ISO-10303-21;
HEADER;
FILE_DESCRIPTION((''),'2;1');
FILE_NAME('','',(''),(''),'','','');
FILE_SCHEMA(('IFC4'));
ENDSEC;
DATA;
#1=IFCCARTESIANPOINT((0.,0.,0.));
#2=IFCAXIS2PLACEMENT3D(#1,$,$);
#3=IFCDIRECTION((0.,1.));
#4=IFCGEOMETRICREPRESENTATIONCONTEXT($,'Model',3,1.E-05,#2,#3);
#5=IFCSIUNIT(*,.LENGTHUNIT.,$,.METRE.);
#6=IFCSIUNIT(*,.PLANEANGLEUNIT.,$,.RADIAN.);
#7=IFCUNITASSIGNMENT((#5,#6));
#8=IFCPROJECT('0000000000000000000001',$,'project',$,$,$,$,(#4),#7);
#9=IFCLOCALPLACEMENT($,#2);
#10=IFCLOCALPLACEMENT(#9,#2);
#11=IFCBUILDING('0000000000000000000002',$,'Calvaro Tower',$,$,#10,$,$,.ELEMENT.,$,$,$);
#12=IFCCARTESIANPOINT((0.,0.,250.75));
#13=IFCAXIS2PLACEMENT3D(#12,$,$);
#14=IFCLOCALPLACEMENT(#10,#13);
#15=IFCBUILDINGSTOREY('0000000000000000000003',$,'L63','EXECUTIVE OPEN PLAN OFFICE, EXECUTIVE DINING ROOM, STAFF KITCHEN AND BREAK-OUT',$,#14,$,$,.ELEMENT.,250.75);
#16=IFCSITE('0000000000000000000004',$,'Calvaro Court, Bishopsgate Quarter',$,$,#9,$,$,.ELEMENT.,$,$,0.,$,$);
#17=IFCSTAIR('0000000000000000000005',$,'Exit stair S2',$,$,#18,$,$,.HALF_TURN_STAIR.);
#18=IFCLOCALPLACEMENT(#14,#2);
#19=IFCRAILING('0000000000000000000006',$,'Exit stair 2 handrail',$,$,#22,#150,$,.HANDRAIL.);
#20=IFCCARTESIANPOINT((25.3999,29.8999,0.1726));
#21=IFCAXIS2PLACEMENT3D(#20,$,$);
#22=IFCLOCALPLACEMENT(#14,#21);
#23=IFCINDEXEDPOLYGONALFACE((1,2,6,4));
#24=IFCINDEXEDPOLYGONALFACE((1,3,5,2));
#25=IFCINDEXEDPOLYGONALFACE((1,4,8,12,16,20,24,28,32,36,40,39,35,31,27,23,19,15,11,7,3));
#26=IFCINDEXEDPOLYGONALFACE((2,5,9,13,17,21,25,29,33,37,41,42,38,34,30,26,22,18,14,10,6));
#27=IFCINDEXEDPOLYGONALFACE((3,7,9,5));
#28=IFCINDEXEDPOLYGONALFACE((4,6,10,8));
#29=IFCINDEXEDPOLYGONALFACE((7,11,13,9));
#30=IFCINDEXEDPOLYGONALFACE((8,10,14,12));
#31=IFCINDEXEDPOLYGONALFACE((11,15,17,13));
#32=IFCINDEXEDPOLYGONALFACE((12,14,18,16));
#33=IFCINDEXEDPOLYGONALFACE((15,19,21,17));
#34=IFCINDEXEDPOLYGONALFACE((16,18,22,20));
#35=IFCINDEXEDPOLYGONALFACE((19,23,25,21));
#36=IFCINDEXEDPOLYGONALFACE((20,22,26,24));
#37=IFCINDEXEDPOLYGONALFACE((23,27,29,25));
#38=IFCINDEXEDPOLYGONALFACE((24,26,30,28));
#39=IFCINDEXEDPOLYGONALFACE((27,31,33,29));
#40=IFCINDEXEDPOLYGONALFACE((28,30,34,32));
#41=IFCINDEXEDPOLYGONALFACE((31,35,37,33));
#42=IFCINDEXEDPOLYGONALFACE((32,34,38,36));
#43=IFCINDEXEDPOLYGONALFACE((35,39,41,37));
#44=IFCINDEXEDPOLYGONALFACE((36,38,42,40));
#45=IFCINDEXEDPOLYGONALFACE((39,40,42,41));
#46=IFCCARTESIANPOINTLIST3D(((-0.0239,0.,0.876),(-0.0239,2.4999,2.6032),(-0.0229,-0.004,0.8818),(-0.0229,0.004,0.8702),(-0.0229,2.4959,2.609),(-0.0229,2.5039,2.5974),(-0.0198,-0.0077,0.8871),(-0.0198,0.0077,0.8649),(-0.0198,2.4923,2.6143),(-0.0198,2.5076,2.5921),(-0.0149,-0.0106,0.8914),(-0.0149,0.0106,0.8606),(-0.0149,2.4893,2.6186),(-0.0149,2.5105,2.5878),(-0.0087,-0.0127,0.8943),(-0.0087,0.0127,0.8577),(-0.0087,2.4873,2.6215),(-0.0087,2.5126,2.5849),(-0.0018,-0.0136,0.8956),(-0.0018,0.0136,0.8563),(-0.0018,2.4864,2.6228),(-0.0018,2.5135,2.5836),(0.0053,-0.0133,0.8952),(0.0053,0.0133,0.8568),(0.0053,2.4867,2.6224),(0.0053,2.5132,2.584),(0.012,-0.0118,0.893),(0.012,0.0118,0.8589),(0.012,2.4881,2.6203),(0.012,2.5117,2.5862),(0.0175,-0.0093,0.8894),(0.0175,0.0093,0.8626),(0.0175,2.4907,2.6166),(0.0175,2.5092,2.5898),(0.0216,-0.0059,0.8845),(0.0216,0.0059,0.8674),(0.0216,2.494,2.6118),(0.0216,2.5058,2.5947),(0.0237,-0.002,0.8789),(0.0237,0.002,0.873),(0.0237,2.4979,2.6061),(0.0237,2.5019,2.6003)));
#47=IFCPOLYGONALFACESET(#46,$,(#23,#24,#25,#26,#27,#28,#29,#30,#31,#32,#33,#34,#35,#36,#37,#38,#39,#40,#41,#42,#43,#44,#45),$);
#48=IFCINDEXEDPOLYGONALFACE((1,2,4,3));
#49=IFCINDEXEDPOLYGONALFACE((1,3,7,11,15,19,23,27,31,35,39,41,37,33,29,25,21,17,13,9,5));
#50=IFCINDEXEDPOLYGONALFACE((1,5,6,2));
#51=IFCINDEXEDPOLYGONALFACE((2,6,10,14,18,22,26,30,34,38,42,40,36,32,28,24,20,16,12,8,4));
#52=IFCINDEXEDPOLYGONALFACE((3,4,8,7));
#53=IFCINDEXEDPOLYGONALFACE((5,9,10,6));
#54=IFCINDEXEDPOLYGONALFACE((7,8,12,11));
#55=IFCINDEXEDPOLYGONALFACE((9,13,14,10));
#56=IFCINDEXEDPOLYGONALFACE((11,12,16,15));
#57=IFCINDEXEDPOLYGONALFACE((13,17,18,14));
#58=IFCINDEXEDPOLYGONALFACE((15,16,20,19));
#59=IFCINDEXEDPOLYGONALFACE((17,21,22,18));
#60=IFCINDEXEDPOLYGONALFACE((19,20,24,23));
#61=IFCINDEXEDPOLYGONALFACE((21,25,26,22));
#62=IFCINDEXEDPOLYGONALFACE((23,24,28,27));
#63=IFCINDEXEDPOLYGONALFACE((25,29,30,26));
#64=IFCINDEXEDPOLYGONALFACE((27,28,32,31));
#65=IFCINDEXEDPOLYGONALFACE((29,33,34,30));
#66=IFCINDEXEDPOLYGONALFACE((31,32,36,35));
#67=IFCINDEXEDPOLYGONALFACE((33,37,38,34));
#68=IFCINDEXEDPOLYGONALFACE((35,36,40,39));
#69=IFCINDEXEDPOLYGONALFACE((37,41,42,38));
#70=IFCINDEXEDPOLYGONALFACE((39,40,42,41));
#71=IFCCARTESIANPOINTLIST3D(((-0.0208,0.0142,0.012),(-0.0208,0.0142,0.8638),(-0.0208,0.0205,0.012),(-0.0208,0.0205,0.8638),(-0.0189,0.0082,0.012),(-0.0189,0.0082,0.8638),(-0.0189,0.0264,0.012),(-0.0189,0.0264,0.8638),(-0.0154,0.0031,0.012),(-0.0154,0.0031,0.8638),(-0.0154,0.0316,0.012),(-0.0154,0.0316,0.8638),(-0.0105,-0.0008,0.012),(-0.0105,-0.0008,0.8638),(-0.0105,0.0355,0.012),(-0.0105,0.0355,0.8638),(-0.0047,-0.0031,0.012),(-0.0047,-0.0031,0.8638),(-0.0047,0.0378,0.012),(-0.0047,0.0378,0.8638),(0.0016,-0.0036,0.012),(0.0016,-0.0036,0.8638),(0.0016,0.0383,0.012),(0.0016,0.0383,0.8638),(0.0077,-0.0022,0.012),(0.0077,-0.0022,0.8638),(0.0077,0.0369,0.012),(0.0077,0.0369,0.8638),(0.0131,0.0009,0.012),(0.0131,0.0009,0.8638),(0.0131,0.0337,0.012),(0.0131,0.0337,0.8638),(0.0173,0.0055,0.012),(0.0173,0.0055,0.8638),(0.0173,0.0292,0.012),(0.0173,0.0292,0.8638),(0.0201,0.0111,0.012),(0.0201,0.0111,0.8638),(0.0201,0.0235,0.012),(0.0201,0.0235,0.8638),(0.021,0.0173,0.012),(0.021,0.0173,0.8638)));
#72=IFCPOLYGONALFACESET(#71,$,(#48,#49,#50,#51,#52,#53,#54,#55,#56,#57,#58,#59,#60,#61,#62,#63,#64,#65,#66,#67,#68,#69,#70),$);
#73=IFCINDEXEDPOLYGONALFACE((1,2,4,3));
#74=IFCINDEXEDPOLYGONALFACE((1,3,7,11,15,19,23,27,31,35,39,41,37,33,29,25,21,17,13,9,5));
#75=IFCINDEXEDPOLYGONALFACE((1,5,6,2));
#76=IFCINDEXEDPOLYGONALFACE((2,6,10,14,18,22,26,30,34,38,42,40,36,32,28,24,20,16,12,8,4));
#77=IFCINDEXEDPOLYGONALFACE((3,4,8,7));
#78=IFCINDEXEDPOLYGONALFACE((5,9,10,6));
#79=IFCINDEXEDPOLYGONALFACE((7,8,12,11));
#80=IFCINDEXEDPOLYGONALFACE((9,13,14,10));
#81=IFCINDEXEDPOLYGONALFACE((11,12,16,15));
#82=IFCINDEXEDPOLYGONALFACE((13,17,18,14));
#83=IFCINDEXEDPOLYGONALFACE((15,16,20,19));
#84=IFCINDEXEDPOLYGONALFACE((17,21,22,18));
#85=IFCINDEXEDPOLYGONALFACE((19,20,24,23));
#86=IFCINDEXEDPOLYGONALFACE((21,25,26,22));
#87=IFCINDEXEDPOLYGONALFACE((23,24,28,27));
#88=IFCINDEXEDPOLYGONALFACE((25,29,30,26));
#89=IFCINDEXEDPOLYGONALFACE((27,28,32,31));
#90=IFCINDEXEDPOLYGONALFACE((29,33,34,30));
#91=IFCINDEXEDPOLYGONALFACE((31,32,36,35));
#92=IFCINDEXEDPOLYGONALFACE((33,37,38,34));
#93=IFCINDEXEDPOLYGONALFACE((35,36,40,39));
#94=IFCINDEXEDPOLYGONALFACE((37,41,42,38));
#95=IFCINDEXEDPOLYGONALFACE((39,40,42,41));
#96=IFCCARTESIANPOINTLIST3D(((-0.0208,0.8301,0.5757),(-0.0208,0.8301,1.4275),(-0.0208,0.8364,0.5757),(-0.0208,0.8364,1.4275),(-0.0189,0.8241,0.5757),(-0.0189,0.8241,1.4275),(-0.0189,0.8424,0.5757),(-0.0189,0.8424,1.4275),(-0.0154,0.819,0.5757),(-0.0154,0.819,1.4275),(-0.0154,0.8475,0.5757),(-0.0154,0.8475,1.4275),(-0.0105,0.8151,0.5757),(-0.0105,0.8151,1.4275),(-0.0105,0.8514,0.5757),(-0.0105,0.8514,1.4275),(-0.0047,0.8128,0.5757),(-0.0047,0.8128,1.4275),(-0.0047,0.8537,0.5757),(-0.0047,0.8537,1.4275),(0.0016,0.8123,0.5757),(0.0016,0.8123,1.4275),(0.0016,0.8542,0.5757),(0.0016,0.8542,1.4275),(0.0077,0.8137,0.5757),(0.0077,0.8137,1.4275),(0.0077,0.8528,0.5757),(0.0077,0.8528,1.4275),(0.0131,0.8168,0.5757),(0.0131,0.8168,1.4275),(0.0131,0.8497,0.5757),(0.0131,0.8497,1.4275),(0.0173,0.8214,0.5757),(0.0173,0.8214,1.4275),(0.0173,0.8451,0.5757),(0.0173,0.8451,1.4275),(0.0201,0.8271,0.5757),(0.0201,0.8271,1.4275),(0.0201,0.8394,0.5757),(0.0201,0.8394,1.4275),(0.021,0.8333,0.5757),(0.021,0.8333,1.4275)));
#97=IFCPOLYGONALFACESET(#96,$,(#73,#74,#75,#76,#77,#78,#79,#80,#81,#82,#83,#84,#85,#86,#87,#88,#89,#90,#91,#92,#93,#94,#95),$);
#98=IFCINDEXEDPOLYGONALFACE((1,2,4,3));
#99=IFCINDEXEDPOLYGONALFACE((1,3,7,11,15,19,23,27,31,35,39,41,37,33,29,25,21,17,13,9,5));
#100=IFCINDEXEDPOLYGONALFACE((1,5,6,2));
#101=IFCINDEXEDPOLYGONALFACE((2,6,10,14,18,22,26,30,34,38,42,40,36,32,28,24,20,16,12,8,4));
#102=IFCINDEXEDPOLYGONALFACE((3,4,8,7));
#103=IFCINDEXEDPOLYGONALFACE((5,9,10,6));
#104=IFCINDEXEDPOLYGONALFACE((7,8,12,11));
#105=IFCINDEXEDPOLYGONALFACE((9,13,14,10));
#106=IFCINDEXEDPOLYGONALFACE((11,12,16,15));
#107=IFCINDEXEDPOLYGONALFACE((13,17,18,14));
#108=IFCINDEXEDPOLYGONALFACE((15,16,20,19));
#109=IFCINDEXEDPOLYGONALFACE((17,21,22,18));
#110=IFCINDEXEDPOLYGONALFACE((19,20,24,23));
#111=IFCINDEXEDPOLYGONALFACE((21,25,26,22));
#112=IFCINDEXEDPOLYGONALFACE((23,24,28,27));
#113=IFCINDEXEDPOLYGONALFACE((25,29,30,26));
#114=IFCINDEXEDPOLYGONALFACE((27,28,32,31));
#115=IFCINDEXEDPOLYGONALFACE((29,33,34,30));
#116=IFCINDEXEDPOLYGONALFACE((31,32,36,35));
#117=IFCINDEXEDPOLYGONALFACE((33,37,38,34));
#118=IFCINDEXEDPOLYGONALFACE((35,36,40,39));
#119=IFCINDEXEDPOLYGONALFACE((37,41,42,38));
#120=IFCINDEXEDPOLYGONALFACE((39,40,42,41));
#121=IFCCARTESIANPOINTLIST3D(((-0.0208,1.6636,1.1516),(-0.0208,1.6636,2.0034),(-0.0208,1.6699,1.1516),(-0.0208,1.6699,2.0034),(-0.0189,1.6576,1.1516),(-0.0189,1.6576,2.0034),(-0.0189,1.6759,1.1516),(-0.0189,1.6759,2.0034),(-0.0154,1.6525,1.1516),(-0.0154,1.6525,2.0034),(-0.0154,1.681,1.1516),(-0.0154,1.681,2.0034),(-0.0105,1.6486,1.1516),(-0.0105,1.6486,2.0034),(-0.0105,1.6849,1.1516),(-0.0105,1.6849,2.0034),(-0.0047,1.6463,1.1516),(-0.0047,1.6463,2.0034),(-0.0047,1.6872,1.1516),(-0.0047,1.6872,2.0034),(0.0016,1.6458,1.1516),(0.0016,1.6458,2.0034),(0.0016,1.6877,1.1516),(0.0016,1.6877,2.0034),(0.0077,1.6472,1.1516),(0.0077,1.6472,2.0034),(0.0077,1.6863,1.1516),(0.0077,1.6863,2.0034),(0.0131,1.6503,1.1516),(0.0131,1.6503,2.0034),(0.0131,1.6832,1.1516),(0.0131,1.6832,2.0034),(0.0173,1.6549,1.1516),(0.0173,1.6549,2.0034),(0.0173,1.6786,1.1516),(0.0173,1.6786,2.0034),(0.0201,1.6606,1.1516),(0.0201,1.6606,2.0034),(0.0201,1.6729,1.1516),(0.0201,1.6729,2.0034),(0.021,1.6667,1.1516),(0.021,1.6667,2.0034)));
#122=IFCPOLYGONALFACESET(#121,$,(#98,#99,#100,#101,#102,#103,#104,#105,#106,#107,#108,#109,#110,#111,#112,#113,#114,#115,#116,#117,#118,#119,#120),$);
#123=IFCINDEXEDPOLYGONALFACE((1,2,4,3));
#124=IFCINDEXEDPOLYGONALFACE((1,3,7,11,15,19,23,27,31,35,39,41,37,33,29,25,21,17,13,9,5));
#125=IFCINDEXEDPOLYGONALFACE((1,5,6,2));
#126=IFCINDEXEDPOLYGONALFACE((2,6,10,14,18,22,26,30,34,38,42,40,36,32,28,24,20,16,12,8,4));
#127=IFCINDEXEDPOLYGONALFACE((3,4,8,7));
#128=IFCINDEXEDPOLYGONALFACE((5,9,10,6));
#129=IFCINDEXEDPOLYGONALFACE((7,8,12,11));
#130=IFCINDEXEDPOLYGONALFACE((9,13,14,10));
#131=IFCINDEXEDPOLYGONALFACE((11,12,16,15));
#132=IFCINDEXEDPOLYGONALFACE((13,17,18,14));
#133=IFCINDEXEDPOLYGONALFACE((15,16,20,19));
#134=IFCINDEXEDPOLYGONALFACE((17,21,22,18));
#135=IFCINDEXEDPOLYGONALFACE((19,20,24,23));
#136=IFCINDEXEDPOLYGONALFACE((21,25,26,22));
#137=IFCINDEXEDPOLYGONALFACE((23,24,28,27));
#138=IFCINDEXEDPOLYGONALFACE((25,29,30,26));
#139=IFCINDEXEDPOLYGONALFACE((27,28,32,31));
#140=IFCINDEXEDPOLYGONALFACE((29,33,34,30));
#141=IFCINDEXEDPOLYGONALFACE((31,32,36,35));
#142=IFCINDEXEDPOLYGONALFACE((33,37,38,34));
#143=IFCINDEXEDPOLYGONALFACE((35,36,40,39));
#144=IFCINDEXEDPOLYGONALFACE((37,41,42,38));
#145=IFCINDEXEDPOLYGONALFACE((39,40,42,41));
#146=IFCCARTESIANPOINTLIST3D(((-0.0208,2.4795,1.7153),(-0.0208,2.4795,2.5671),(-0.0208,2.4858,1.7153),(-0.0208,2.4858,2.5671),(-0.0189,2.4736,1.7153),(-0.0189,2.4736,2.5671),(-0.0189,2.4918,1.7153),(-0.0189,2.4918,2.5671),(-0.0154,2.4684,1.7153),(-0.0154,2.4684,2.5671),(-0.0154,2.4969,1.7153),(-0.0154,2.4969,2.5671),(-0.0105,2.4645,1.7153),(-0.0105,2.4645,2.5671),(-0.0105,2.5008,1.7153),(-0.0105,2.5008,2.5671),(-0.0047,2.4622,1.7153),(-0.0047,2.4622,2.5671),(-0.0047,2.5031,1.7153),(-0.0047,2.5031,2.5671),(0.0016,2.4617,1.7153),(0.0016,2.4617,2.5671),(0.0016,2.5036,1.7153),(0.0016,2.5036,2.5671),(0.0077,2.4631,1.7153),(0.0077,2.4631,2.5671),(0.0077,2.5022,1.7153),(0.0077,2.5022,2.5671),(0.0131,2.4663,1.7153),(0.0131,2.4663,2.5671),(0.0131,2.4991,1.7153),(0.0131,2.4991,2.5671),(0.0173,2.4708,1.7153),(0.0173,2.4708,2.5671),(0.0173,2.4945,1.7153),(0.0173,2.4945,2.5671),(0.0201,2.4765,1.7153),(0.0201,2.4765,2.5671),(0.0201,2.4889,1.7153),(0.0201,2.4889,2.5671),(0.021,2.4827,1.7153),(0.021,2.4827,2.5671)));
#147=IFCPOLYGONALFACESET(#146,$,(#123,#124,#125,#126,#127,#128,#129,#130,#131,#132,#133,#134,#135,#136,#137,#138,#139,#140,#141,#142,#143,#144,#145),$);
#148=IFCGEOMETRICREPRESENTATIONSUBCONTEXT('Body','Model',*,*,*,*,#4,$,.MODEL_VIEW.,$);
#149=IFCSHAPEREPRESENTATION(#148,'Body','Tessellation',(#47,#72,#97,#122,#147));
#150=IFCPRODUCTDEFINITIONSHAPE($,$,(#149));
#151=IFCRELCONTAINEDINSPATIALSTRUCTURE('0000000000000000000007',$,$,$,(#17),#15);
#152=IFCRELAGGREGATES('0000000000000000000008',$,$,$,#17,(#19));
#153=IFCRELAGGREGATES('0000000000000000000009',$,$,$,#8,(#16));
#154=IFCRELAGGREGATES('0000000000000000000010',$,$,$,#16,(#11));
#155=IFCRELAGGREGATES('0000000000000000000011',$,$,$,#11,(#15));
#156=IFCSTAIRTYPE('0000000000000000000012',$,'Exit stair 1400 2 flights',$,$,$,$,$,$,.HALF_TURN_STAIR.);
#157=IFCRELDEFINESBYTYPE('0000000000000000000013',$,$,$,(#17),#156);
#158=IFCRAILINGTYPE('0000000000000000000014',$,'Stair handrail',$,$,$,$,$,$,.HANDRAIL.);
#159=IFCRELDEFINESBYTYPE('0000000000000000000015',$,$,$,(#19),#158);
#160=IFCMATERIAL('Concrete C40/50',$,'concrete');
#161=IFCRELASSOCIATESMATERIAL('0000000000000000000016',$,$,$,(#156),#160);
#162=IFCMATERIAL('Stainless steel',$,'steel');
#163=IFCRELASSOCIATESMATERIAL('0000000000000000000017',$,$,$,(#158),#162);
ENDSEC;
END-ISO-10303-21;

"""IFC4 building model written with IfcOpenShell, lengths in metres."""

from ifc_helpers import new_model, si_unit, direction, frame, origin, origin_2d, place, context, subcontext, project, spatial, circle, extrude, material, type_object, element, aggregate, save


model = new_model("IFC4")

# Units and contexts
model_context = context("Model", 3, precision=1e-05, world=origin(), true_north=direction((0.0, 1.0)))
body_context = subcontext(model_context, "Body", "Model", "MODEL_VIEW")
ifc_project = project(units=[si_unit("LENGTHUNIT", "METRE"), si_unit("PLANEANGLEUNIT", "RADIAN")], contexts=[model_context])

# Site, building, storey
site_placement = place(None, origin())
site = spatial("IfcSite", under=ifc_project, at=site_placement, Name="Calvaro Court, Bishopsgate Quarter", CompositionType="ELEMENT", RefElevation=0.0)
building_placement = place(site_placement, origin())
building = spatial("IfcBuilding", under=site, at=building_placement, Name="Calvaro Tower", CompositionType="ELEMENT")
storey_placement = place(building_placement, frame((0.0, 0.0, 250.75)))
storey = spatial("IfcBuildingStorey", under=building, at=storey_placement, Name="L63", Description="EXECUTIVE OPEN PLAN OFFICE, EXECUTIVE DINING ROOM, STAFF KITCHEN AND BREAK-OUT", CompositionType="ELEMENT", Elevation=250.75)

# Stair, railing
ifc_material_1 = material(Name="Concrete C40/50", Category="concrete")
stair_type = type_object("IfcStairType", Name="Exit stair 1400 2 flights", PredefinedType="HALF_TURN_STAIR", material=ifc_material_1)
stair_placement = place(storey_placement, origin())
stair = element("IfcStair", 1, at=stair_placement, inside=storey, type_object=stair_type, Name="Exit stair S2", PredefinedType="HALF_TURN_STAIR")
ifc_material_2 = material(Name="Stainless steel", Category="steel")
railing_type = type_object("IfcRailingType", Name="Stair handrail", PredefinedType="HANDRAIL", material=ifc_material_2)
railing_1_placement = place(storey_placement, frame((25.3999, 29.8999, 0.1726)))
railing_1 = element("IfcRailing", 2, at=railing_1_placement, type_object=railing_type, Name="Exit stair 2 handrail", PredefinedType="HANDRAIL", context=body_context, shape_type="SweptSolid", body=[
    extrude(circle(Radius=0.0239, at=origin_2d()), frame((0.0, 0.0, 0.876), z_axis=(0.0, 0.822727, 0.568437), x_axis=(-1.0, 0.0, 0.0)), (0.0, 0.0, 1.0), 3.0386),
    extrude(circle(Radius=0.021, at=origin_2d()), frame((0.0, 0.0173, 0.012)), (0.0, 0.0, 1.0), 0.8518),
    extrude(circle(Radius=0.021, at=origin_2d()), frame((0.0, 0.8333, 0.5757)), (0.0, 0.0, 1.0), 0.8518),
    extrude(circle(Radius=0.021, at=origin_2d()), frame((0.0, 1.6667, 1.1516)), (0.0, 0.0, 1.0), 0.8518),
    extrude(circle(Radius=0.021, at=origin_2d()), frame((0.0, 2.4827, 1.7153)), (0.0, 0.0, 1.0), 0.8518),
])
aggregate(stair, [railing_1])

save(model, "model.ifc")
